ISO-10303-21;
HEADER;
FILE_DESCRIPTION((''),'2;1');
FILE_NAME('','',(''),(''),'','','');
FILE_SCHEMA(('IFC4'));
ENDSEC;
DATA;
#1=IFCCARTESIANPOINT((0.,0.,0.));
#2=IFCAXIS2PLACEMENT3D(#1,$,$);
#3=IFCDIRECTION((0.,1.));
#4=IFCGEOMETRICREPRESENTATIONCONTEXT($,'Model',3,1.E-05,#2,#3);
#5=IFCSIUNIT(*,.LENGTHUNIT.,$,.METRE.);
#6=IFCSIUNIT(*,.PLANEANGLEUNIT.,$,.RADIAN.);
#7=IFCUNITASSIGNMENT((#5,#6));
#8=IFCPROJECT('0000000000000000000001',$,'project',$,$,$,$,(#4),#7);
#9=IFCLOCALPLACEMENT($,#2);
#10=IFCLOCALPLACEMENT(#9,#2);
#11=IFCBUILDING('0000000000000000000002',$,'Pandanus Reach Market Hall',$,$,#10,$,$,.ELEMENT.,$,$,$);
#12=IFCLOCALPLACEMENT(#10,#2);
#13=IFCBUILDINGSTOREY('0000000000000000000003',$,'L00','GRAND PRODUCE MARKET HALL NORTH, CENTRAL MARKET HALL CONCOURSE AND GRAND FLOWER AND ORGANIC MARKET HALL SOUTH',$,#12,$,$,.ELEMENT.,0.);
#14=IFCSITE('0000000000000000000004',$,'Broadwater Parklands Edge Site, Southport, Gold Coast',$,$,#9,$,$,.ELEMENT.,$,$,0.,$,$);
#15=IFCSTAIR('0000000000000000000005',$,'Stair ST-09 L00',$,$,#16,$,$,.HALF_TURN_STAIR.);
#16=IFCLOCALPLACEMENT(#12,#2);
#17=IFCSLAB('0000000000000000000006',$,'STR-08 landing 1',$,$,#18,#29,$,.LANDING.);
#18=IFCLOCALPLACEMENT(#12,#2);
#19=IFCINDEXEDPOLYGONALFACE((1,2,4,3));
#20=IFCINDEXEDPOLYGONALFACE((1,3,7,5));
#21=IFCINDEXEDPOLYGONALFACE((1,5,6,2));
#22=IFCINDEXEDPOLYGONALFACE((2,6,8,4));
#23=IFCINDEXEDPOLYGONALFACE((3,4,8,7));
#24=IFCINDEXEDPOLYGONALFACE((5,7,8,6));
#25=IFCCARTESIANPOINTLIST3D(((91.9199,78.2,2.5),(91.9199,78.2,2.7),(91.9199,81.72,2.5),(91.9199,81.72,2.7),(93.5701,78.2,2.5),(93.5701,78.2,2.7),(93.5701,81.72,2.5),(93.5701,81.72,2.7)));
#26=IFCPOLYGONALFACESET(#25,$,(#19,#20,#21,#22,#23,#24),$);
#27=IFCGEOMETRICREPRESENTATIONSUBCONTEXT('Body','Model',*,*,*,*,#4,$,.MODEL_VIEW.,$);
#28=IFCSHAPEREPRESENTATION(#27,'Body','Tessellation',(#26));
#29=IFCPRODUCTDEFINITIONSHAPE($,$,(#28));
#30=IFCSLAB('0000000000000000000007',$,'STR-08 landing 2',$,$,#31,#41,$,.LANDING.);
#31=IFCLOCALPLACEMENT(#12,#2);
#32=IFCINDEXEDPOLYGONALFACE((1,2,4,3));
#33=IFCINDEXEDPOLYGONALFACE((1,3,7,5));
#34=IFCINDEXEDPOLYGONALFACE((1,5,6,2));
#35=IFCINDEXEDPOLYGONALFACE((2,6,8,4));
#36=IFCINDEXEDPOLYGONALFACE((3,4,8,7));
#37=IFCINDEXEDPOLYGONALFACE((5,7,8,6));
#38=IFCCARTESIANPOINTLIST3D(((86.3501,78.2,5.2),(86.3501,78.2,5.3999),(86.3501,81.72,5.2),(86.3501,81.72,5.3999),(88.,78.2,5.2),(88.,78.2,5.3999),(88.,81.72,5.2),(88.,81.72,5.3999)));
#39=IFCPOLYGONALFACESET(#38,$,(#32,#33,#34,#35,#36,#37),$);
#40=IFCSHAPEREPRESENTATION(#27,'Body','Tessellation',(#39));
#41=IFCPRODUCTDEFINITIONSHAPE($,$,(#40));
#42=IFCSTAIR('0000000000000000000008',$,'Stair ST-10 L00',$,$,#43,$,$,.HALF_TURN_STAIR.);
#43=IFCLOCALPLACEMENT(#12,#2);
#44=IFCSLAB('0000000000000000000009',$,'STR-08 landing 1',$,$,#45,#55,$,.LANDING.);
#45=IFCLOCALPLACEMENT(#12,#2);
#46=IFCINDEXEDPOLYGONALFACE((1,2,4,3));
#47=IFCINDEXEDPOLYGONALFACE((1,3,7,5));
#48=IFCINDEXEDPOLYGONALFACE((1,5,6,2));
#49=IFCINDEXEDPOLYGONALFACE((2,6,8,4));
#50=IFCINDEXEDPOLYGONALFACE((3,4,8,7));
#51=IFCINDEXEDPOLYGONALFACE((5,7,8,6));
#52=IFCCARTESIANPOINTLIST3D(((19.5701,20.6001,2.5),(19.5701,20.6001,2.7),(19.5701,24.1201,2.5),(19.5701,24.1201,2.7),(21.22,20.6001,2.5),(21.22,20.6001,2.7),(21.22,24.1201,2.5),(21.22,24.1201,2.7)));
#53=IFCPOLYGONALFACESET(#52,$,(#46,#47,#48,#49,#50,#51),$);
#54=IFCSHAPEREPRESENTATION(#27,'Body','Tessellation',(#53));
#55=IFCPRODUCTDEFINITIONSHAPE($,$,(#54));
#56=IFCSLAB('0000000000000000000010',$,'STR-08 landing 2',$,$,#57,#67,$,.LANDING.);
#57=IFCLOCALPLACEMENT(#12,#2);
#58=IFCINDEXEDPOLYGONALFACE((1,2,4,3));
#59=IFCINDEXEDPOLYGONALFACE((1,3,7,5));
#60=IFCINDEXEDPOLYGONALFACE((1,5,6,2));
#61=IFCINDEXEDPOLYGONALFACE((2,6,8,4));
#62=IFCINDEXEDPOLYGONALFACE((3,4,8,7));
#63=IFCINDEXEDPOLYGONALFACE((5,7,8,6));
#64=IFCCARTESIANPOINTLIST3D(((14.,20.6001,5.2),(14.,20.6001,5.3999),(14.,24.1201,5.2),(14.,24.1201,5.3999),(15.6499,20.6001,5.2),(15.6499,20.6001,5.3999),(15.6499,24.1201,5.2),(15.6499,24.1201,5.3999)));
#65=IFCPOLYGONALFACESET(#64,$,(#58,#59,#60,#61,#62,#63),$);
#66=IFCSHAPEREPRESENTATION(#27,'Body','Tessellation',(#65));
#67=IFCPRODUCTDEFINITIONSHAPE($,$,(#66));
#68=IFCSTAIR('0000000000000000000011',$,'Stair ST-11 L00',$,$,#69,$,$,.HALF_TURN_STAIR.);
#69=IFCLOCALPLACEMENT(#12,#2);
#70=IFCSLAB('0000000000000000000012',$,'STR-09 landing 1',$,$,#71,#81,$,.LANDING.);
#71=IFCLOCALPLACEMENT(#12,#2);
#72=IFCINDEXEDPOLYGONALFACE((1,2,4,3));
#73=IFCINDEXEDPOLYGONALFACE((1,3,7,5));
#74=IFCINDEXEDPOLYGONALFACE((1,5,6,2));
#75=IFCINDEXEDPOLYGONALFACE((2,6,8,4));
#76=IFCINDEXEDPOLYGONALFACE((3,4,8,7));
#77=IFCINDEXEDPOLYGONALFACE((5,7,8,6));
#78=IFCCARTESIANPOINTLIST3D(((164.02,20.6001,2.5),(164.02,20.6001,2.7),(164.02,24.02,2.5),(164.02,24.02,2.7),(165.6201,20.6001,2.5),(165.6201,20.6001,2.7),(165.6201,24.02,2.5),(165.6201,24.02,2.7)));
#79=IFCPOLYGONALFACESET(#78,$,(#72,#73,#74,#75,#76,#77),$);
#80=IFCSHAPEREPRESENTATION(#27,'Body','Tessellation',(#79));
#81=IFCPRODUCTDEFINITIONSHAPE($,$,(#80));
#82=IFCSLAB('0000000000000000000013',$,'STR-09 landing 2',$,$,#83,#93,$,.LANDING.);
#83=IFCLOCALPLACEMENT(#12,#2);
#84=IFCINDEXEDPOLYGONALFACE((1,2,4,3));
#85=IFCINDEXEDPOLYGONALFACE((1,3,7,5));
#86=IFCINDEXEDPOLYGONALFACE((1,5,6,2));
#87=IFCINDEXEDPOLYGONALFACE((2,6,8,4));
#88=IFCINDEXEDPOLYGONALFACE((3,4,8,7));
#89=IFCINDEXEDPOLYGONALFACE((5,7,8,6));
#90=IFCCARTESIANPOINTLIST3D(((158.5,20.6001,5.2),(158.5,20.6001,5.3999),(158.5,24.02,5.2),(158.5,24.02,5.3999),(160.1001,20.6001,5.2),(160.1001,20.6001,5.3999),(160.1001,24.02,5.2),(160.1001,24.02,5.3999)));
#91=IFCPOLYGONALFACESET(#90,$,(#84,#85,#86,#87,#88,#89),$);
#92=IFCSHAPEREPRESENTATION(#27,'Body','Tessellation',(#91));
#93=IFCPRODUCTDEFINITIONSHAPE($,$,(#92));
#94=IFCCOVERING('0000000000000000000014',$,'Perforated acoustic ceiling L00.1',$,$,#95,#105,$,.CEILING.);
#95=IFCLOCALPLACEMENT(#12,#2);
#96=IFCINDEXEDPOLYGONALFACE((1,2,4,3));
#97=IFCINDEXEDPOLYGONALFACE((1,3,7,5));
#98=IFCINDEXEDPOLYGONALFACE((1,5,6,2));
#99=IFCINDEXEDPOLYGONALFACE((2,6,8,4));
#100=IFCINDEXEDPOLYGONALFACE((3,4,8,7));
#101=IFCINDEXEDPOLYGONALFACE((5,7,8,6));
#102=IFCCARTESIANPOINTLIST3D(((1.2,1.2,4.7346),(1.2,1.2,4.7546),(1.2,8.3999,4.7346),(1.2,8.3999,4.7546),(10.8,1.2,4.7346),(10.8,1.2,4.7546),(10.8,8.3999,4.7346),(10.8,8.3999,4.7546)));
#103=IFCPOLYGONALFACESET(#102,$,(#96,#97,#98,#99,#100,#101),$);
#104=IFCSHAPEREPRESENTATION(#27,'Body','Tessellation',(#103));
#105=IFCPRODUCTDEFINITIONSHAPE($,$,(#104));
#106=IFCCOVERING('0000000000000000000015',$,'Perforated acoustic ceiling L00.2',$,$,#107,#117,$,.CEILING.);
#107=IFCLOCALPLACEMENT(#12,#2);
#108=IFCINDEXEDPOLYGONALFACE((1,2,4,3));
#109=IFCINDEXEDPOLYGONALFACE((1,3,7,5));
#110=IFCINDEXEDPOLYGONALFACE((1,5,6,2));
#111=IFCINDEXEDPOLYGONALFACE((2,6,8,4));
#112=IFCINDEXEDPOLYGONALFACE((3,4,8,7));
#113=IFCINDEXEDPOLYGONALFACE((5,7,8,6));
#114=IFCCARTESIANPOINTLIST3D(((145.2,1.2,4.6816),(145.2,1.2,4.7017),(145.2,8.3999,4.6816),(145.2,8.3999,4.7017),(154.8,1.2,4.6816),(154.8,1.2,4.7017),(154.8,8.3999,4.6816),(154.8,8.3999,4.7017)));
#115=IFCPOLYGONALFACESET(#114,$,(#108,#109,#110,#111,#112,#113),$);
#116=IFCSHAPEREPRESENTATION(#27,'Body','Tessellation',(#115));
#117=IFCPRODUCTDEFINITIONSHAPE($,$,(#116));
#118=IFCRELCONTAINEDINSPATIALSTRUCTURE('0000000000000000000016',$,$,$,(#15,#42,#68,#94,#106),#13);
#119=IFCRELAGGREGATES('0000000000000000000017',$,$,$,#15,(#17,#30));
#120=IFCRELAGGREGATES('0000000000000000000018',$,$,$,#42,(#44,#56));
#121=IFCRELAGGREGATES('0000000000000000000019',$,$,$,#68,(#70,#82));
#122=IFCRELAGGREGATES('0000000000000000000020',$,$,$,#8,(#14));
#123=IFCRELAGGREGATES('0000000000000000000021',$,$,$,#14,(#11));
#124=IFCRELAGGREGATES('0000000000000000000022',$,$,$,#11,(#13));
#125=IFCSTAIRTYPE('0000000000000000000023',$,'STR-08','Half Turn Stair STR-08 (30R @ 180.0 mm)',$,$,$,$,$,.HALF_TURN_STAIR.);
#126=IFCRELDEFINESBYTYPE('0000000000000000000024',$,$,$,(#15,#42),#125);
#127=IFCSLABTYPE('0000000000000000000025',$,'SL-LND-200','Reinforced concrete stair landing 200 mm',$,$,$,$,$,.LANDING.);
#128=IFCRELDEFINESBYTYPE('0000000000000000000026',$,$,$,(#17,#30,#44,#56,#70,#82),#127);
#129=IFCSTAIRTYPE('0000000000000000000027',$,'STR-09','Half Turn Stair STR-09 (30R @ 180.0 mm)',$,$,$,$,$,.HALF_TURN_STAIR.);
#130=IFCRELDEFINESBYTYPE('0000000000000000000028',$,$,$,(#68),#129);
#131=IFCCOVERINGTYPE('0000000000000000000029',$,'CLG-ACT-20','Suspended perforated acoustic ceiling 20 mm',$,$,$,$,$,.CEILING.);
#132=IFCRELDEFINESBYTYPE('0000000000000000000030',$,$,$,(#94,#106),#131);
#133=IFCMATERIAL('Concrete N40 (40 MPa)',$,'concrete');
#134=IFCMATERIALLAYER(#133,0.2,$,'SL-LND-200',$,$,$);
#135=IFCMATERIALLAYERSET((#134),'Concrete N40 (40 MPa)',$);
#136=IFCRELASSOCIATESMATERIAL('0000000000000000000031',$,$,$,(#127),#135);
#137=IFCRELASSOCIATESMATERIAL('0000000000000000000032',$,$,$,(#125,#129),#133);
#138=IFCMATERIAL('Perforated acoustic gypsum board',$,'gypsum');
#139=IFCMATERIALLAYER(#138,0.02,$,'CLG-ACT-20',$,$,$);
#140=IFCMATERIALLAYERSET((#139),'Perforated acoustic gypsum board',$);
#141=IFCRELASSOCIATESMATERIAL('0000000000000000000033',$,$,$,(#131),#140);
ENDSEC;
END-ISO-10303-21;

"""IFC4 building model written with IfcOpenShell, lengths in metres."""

from ifc_helpers import new_model, si_unit, direction, frame, origin, place, context, subcontext, project, spatial, polyline, outline, extrude, material, layer, layer_set, type_object, element, aggregate, save


model = new_model("IFC4")

# Units and contexts
model_context = context("Model", 3, precision=1e-05, world=origin(), true_north=direction((0.0, 1.0)))
body_context = subcontext(model_context, "Body", "Model", "MODEL_VIEW")
ifc_project = project(units=[si_unit("LENGTHUNIT", "METRE"), si_unit("PLANEANGLEUNIT", "RADIAN")], contexts=[model_context])

# Site, building, storey
site_placement = place(None, origin())
site = spatial("IfcSite", under=ifc_project, at=site_placement, Name="Broadwater Parklands Edge Site, Southport, Gold Coast", CompositionType="ELEMENT", RefElevation=0.0)
building_placement = place(site_placement, origin())
building = spatial("IfcBuilding", under=site, at=building_placement, Name="Pandanus Reach Market Hall", CompositionType="ELEMENT")
storey_placement = place(building_placement, origin())
storey = spatial("IfcBuildingStorey", under=building, at=storey_placement, Name="L00", Description="GRAND PRODUCE MARKET HALL NORTH, CENTRAL MARKET HALL CONCOURSE AND GRAND FLOWER AND ORGANIC MARKET HALL SOUTH", CompositionType="ELEMENT", Elevation=0.0)

# Shared definitions
ifc_material_1 = material(Name="Concrete N40 (40 MPa)", Category="concrete")

# Shared definitions
ifc_layer_1 = layer(ifc_material_1, 0.2, Name="SL-LND-200")
ifc_layer_set_1 = layer_set([ifc_layer_1], Name="Concrete N40 (40 MPa)")
slab_type = type_object("IfcSlabType", Name="SL-LND-200", Description="Reinforced concrete stair landing 200 mm", PredefinedType="LANDING", material=ifc_layer_set_1)

# Stairs, slabs
stair_type_1 = type_object("IfcStairType", Name="STR-08", Description="Half Turn Stair STR-08 (30R @ 180.0 mm)", PredefinedType="HALF_TURN_STAIR", material=ifc_material_1)
stair_1_placement = place(storey_placement, origin())
stair_1 = element("IfcStair", 1, at=stair_1_placement, inside=storey, type_object=stair_type_1, Name="Stair ST-09 L00", PredefinedType="HALF_TURN_STAIR")
slab_1_placement = place(storey_placement, frame((0.0, 0.0, 2.5)))
slab_1 = element("IfcSlab", 2, at=slab_1_placement, type_object=slab_type, Name="STR-08 landing 1", PredefinedType="LANDING", context=body_context, shape_type="SweptSolid", body=[
    extrude(outline(polyline([(91.9199, 78.2), (93.5701, 78.2), (93.5701, 81.72), (91.9199, 81.72), (91.9199, 78.2)])), origin(), (0.0, 0.0, 1.0), 0.2),
])
slab_2_placement = place(storey_placement, frame((0.0, 0.0, 5.2)))
slab_2 = element("IfcSlab", 3, at=slab_2_placement, type_object=slab_type, Name="STR-08 landing 2", PredefinedType="LANDING", context=body_context, shape_type="SweptSolid", body=[
    extrude(outline(polyline([(86.3501, 78.2), (88.0, 78.2), (88.0, 81.72), (86.3501, 81.72), (86.3501, 78.2)])), origin(), (0.0, 0.0, 1.0), 0.2),
])
aggregate(stair_1, [slab_1, slab_2])
stair_2_placement = place(storey_placement, origin())
stair_2 = element("IfcStair", 4, at=stair_2_placement, inside=storey, type_object=stair_type_1, Name="Stair ST-10 L00", PredefinedType="HALF_TURN_STAIR")
slab_3_placement = place(storey_placement, frame((0.0, 0.0, 2.5)))
slab_3 = element("IfcSlab", 5, at=slab_3_placement, type_object=slab_type, Name="STR-08 landing 1", PredefinedType="LANDING", context=body_context, shape_type="SweptSolid", body=[
    extrude(outline(polyline([(19.5701, 20.6001), (21.22, 20.6001), (21.22, 24.1201), (19.5701, 24.1201), (19.5701, 20.6001)])), origin(), (0.0, 0.0, 1.0), 0.2),
])
slab_4_placement = place(storey_placement, frame((0.0, 0.0, 5.2)))
slab_4 = element("IfcSlab", 6, at=slab_4_placement, type_object=slab_type, Name="STR-08 landing 2", PredefinedType="LANDING", context=body_context, shape_type="SweptSolid", body=[
    extrude(outline(polyline([(14.0, 20.6001), (15.6499, 20.6001), (15.6499, 24.1201), (14.0, 24.1201), (14.0, 20.6001)])), origin(), (0.0, 0.0, 1.0), 0.2),
])
aggregate(stair_2, [slab_3, slab_4])
stair_type_2 = type_object("IfcStairType", Name="STR-09", Description="Half Turn Stair STR-09 (30R @ 180.0 mm)", PredefinedType="HALF_TURN_STAIR", material=ifc_material_1)
stair_3_placement = place(storey_placement, origin())
stair_3 = element("IfcStair", 7, at=stair_3_placement, inside=storey, type_object=stair_type_2, Name="Stair ST-11 L00", PredefinedType="HALF_TURN_STAIR")
slab_5_placement = place(storey_placement, frame((0.0, 0.0, 2.5)))
slab_5 = element("IfcSlab", 8, at=slab_5_placement, type_object=slab_type, Name="STR-09 landing 1", PredefinedType="LANDING", context=body_context, shape_type="SweptSolid", body=[
    extrude(outline(polyline([(164.02, 20.6001), (165.6201, 20.6001), (165.6201, 24.02), (164.02, 24.02), (164.02, 20.6001)])), origin(), (0.0, 0.0, 1.0), 0.2),
])
slab_6_placement = place(storey_placement, frame((0.0, 0.0, 5.2)))
slab_6 = element("IfcSlab", 9, at=slab_6_placement, type_object=slab_type, Name="STR-09 landing 2", PredefinedType="LANDING", context=body_context, shape_type="SweptSolid", body=[
    extrude(outline(polyline([(158.5, 20.6001), (160.1001, 20.6001), (160.1001, 24.02), (158.5, 24.02), (158.5, 20.6001)])), origin(), (0.0, 0.0, 1.0), 0.2),
])
aggregate(stair_3, [slab_5, slab_6])

# Coverings
ifc_material_2 = material(Name="Perforated acoustic gypsum board", Category="gypsum")
ifc_layer_2 = layer(ifc_material_2, 0.02, Name="CLG-ACT-20")
ifc_layer_set_2 = layer_set([ifc_layer_2], Name="Perforated acoustic gypsum board")
covering_type = type_object("IfcCoveringType", Name="CLG-ACT-20", Description="Suspended perforated acoustic ceiling 20 mm", PredefinedType="CEILING", material=ifc_layer_set_2)
covering_1_placement = place(storey_placement, frame((0.0, 0.0, 4.7346)))
element("IfcCovering", 10, at=covering_1_placement, inside=storey, type_object=covering_type, Name="Perforated acoustic ceiling L00.1", PredefinedType="CEILING", context=body_context, shape_type="SweptSolid", body=[
    extrude(outline(polyline([(1.2, 1.2), (10.8, 1.2), (10.8, 8.3999), (1.2, 8.3999), (1.2, 1.2)])), origin(), (0.0, 0.0, 1.0), 0.02),
])
covering_2_placement = place(storey_placement, frame((0.0, 0.0, 4.6816)))
element("IfcCovering", 11, at=covering_2_placement, inside=storey, type_object=covering_type, Name="Perforated acoustic ceiling L00.2", PredefinedType="CEILING", context=body_context, shape_type="SweptSolid", body=[
    extrude(outline(polyline([(145.2, 1.2), (154.8, 1.2), (154.8, 8.3999), (145.2, 8.3999), (145.2, 1.2)])), origin(), (0.0, 0.0, 1.0), 0.02),
])

save(model, "model.ifc")
